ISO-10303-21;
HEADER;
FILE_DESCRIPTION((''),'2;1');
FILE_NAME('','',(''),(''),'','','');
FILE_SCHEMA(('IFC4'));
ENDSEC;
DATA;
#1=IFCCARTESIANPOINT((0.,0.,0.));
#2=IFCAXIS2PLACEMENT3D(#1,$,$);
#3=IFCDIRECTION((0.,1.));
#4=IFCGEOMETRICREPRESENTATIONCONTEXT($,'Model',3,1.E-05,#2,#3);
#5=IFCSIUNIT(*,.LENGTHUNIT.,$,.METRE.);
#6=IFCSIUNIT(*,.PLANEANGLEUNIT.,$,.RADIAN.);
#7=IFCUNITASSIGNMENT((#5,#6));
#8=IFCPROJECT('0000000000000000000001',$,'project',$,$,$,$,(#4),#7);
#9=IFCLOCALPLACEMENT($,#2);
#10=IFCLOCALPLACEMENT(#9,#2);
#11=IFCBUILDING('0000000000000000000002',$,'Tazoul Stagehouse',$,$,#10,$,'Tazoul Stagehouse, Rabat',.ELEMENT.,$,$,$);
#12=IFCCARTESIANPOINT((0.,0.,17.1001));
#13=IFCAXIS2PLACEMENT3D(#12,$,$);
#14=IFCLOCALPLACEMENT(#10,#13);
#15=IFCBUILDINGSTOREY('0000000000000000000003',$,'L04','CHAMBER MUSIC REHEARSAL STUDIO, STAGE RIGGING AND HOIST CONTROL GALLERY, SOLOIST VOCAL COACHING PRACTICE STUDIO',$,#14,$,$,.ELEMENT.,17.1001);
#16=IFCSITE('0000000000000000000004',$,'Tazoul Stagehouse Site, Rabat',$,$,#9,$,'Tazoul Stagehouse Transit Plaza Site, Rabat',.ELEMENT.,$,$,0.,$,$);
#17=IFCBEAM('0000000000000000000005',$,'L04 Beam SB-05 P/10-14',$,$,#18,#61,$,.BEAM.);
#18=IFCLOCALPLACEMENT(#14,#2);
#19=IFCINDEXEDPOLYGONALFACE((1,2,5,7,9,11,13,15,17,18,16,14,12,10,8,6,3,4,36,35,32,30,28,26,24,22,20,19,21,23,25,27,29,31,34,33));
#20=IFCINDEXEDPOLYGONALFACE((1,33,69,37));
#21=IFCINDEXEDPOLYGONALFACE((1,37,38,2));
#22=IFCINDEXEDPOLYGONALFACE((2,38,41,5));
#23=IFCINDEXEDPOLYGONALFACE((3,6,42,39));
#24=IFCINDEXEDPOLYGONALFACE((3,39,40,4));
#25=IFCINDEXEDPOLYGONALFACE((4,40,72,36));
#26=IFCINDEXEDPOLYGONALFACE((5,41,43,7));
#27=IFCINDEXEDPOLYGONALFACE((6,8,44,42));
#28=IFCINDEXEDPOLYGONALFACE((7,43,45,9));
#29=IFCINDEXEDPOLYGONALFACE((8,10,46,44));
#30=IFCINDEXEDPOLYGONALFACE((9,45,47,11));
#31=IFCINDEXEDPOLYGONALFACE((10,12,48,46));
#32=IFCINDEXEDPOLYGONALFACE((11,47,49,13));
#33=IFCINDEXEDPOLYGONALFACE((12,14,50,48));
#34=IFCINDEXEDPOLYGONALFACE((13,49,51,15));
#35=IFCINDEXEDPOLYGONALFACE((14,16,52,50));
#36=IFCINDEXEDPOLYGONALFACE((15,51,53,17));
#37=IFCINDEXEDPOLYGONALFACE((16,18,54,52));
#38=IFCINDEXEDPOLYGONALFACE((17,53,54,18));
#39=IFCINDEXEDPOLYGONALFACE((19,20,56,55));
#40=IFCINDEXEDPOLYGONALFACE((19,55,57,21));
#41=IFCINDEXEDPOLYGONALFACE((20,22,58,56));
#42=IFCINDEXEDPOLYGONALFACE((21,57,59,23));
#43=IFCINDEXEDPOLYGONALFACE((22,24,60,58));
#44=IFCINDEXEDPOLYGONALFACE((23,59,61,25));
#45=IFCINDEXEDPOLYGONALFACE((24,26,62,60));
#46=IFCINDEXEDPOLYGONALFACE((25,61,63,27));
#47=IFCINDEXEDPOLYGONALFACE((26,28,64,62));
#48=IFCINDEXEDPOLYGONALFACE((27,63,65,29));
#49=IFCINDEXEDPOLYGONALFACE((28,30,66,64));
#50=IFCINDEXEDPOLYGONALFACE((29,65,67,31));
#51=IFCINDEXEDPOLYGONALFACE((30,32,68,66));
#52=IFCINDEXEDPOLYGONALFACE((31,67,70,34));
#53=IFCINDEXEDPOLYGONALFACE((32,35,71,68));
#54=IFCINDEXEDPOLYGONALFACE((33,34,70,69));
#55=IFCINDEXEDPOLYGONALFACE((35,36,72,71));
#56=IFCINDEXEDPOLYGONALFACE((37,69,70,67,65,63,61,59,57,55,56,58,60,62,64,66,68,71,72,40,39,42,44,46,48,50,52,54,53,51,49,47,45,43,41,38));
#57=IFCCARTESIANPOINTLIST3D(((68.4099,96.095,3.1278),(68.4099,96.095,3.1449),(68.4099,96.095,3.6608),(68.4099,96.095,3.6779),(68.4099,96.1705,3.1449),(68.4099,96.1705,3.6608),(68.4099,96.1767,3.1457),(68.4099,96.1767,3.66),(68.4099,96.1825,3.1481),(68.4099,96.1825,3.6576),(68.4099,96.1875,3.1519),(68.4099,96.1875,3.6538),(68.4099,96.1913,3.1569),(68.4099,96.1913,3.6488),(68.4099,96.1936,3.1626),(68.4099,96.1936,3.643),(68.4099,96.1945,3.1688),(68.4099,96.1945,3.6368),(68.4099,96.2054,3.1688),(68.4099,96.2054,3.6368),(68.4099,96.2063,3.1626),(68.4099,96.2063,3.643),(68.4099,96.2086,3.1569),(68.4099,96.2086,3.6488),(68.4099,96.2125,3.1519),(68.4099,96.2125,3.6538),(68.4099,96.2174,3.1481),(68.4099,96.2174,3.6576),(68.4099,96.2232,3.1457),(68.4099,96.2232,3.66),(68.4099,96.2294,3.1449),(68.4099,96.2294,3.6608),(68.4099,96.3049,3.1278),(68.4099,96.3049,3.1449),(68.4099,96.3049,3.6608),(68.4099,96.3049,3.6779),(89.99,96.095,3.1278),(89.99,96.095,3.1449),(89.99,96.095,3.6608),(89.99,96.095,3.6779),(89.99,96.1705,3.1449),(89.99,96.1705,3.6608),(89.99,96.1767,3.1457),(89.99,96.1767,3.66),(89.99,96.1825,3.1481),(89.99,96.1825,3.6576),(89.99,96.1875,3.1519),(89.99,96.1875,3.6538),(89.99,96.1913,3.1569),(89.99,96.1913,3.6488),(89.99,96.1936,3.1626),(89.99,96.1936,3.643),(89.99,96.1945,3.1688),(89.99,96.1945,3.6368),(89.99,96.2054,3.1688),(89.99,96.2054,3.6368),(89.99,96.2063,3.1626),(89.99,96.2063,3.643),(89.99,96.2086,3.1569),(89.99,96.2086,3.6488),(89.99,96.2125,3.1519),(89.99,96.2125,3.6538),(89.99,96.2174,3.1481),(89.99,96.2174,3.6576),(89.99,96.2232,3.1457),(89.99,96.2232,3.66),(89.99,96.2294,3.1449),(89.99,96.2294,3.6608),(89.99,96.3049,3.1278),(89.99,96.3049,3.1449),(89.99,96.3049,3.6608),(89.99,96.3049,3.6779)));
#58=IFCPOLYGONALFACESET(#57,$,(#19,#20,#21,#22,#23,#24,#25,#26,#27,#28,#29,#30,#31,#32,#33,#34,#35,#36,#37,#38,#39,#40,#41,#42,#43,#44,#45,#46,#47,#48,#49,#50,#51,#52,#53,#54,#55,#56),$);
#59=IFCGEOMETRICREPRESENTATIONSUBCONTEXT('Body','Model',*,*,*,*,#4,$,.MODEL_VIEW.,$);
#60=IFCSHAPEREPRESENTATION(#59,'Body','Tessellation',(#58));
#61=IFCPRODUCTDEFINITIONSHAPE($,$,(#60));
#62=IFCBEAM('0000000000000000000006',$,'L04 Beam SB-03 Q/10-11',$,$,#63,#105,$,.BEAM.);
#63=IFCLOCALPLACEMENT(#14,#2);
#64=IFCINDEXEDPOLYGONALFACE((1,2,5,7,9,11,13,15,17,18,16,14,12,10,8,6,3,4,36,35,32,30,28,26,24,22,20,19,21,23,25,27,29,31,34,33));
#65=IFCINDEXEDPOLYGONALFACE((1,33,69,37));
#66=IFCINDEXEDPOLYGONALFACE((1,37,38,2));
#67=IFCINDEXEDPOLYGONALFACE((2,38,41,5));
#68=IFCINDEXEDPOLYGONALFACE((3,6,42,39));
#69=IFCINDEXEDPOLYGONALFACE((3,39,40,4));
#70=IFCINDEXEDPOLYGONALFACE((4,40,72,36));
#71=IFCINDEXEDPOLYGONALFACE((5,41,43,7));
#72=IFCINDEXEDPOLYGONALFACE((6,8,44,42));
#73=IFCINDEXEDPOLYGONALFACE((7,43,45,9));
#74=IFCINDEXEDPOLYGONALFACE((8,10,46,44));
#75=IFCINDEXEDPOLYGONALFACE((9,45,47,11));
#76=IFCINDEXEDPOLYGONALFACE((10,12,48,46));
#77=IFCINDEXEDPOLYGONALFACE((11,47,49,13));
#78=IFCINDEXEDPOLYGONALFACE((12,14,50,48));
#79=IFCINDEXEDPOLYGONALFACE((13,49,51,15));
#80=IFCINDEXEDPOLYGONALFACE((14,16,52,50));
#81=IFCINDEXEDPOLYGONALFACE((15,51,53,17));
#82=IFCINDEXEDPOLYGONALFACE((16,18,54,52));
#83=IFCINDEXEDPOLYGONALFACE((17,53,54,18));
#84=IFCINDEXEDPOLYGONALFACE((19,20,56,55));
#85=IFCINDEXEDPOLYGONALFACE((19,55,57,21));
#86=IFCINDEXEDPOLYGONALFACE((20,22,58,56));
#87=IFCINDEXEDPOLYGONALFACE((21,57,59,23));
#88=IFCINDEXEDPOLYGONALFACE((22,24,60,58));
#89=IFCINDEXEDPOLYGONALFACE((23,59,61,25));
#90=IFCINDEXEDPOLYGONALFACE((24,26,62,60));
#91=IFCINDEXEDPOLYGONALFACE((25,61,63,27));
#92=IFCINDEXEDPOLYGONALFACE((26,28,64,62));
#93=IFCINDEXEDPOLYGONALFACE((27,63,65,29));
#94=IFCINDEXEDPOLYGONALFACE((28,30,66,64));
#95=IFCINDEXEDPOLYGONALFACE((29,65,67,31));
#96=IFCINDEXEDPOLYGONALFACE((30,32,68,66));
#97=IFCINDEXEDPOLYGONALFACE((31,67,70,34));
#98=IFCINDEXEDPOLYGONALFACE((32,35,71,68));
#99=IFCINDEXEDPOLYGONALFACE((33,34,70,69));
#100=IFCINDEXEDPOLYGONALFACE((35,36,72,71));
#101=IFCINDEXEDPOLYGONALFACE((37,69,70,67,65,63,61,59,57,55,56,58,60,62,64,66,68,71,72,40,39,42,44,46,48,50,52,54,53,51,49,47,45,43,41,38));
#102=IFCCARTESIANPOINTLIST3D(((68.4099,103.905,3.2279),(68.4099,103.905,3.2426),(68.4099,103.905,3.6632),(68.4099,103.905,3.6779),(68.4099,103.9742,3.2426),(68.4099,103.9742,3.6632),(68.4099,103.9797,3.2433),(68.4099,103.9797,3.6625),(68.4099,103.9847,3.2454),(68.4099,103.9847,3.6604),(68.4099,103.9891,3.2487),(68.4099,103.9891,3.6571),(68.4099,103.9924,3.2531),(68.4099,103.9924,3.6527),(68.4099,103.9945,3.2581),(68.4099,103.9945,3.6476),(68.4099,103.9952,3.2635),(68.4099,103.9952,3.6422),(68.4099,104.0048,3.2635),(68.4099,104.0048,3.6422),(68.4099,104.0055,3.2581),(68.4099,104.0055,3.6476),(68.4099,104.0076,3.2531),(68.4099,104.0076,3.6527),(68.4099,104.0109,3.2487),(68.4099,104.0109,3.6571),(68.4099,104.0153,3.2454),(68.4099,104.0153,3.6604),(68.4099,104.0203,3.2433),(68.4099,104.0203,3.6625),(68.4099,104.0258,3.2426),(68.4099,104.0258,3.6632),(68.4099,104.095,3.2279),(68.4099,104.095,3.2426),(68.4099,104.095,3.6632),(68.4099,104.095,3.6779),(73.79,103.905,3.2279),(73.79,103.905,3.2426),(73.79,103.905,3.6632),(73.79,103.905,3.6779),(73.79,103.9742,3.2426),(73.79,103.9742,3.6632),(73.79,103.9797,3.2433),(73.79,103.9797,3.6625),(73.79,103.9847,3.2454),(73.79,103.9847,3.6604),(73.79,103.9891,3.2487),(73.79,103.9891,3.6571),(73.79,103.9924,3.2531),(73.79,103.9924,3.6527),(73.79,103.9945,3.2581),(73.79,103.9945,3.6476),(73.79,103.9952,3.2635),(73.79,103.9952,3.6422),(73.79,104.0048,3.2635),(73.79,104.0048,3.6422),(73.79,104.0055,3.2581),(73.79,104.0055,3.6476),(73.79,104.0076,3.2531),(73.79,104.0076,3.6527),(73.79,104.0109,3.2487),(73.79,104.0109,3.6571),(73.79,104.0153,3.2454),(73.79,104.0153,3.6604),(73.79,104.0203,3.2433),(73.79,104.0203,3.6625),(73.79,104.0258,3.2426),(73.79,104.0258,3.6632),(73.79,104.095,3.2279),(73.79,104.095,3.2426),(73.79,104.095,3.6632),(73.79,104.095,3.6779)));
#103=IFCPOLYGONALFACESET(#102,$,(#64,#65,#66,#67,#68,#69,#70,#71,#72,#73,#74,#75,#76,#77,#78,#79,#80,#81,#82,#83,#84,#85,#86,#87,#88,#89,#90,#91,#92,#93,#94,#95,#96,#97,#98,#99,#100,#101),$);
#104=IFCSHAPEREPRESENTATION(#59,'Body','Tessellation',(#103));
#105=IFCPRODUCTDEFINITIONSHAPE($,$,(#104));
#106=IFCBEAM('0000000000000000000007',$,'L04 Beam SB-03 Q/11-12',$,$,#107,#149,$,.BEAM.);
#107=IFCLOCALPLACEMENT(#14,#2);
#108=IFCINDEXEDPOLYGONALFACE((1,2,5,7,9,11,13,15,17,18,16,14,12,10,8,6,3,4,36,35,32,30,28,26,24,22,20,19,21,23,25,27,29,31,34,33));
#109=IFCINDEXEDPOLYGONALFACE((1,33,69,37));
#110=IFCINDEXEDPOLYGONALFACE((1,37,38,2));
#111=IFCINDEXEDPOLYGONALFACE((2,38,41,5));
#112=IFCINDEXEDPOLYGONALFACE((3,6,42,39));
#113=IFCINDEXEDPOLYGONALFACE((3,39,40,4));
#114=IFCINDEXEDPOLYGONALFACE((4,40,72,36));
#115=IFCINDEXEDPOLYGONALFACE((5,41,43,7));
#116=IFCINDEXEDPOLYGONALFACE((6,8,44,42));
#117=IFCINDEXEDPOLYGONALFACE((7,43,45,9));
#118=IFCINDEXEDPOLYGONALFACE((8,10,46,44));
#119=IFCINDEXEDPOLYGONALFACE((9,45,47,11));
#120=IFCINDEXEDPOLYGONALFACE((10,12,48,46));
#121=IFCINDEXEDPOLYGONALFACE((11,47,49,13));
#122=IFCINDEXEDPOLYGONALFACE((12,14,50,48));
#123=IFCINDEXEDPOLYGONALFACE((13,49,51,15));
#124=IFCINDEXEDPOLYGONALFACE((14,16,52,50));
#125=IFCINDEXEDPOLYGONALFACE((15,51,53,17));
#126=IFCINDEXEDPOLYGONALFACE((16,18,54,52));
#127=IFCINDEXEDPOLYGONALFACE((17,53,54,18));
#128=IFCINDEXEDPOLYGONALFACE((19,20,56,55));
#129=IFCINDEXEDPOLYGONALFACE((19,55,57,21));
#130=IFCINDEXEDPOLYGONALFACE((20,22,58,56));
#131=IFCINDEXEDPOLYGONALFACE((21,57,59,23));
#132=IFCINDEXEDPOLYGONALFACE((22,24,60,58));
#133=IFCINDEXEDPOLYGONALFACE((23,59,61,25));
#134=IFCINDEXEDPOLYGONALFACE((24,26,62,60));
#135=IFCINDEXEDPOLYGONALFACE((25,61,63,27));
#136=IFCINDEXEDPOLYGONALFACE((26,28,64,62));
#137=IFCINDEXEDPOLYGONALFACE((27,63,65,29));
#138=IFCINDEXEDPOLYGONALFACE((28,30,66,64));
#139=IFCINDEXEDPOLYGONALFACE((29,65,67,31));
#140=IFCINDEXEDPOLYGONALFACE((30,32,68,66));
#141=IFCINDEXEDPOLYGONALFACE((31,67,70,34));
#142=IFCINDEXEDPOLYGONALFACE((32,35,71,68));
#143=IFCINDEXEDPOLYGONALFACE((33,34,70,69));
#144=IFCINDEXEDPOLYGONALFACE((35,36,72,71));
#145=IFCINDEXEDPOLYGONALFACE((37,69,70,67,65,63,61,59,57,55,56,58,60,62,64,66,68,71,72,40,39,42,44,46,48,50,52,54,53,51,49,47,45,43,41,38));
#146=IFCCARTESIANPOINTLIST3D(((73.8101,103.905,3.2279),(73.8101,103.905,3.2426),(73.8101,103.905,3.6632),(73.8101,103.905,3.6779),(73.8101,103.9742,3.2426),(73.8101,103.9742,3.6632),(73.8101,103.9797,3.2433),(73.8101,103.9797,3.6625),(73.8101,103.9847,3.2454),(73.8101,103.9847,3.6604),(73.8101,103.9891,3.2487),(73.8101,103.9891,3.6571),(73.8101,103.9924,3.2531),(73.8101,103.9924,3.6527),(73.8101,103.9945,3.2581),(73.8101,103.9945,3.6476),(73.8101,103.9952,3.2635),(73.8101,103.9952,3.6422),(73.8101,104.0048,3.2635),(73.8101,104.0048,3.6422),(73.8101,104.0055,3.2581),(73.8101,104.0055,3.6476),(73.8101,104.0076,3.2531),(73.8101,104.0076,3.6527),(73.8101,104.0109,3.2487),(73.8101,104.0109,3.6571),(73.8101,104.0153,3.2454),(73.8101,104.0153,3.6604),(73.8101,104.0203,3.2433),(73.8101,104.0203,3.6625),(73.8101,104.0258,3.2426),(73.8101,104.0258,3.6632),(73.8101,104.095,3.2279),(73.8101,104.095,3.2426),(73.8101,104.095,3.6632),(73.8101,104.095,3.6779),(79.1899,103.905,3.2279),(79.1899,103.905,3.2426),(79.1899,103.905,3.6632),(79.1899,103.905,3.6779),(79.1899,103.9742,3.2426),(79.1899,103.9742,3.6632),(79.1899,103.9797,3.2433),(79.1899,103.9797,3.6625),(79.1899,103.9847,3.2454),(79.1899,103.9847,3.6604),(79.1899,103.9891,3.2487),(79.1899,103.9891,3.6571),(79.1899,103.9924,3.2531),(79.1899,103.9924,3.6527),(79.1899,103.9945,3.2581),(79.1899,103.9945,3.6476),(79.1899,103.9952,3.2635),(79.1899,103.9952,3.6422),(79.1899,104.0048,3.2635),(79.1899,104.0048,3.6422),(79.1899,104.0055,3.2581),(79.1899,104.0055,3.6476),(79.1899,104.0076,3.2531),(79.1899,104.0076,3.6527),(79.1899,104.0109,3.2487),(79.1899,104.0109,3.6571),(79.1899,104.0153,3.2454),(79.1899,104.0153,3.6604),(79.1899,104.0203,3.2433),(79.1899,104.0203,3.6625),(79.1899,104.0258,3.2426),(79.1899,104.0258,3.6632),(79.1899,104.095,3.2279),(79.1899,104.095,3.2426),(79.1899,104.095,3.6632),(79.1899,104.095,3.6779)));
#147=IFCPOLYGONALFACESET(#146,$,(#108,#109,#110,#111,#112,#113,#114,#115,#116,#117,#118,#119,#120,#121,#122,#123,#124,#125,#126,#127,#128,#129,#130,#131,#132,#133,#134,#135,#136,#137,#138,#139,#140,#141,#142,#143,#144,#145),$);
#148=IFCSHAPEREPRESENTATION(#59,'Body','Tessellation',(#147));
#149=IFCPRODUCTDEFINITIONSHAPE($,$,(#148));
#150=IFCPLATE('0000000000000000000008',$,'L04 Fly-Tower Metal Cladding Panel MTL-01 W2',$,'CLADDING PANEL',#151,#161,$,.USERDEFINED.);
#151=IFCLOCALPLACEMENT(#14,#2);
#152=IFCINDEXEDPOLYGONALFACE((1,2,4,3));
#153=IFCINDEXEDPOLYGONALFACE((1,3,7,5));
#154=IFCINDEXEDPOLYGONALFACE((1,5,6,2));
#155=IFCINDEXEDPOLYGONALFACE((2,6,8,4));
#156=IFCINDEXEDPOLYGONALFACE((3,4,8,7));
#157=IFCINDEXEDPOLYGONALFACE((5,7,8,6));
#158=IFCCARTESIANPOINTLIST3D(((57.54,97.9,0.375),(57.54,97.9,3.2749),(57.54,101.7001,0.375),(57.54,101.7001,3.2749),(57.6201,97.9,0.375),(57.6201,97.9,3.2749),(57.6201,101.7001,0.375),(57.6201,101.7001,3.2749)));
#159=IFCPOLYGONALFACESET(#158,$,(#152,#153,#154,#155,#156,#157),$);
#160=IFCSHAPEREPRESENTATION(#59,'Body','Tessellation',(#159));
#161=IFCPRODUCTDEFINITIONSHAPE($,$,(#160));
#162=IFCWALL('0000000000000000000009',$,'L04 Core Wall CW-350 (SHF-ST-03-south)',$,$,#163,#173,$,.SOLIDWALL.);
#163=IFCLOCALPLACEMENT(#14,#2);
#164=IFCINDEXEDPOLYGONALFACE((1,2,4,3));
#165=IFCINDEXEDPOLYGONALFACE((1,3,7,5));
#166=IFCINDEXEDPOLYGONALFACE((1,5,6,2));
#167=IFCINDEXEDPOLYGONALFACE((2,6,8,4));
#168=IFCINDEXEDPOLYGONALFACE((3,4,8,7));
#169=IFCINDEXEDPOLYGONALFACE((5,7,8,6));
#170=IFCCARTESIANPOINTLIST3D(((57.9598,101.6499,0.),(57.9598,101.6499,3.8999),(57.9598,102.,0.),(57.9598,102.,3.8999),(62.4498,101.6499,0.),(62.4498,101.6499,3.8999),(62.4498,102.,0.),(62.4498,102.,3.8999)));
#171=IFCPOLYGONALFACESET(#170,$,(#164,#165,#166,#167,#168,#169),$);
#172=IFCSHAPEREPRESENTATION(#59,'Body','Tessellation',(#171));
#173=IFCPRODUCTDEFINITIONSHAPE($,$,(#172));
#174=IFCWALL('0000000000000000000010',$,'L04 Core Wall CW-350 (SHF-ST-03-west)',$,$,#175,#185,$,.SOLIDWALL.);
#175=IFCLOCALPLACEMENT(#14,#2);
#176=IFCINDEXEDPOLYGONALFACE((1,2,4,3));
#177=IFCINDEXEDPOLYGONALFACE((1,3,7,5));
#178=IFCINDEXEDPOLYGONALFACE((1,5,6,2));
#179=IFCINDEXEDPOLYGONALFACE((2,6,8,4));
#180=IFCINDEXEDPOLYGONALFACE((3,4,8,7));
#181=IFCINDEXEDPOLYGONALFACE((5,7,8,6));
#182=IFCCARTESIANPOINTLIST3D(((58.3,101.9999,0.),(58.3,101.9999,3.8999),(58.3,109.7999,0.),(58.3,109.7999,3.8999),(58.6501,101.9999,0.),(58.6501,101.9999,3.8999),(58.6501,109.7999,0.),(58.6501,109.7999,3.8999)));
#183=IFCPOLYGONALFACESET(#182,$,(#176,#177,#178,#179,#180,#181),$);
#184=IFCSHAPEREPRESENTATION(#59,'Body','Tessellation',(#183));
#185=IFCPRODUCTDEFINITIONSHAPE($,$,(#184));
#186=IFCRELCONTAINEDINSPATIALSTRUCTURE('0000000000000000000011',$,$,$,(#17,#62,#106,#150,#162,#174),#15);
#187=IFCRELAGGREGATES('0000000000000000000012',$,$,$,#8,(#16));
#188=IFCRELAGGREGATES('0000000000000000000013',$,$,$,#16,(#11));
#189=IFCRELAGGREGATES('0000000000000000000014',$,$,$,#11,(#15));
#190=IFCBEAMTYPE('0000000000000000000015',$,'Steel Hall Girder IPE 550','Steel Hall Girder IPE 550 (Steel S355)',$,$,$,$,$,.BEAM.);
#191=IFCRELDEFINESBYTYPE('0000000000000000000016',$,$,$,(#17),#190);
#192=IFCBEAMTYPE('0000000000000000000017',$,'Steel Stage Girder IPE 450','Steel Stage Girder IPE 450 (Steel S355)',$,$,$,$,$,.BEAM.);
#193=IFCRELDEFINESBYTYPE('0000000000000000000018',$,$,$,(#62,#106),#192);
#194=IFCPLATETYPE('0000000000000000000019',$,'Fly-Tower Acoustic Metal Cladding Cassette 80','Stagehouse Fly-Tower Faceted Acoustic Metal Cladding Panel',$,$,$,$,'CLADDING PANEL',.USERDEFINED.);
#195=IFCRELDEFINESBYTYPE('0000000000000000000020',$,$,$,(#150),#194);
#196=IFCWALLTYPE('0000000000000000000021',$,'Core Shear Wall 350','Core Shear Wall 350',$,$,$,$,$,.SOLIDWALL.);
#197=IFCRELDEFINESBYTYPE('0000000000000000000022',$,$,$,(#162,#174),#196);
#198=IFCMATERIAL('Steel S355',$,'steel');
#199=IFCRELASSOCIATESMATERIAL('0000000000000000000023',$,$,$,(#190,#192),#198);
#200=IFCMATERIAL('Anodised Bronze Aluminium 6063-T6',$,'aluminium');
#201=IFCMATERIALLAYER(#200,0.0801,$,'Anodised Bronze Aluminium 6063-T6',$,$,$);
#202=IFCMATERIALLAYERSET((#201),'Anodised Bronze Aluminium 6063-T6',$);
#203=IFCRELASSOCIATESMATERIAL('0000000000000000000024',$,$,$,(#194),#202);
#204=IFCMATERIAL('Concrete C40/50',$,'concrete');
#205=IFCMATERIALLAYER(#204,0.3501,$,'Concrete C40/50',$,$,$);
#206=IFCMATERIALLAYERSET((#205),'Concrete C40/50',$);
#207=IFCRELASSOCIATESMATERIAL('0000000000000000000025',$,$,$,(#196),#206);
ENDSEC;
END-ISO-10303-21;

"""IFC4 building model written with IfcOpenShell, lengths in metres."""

from ifc_helpers import new_model, si_unit, direction, frame, frame_2d, origin, origin_2d, place, context, subcontext, project, spatial, rectangle, i_section, extrude, material, layer, layer_set, material_profile, profile_set, type_object, element, save


model = new_model("IFC4")

# Units and contexts
model_context = context("Model", 3, precision=1e-05, world=origin(), true_north=direction((0.0, 1.0)))
body_context = subcontext(model_context, "Body", "Model", "MODEL_VIEW")
ifc_project = project(units=[si_unit("LENGTHUNIT", "METRE"), si_unit("PLANEANGLEUNIT", "RADIAN")], contexts=[model_context])

# Site, building, storey
site_placement = place(None, origin())
site = spatial("IfcSite", under=ifc_project, at=site_placement, Name="Tazoul Stagehouse Site, Rabat", LongName="Tazoul Stagehouse Transit Plaza Site, Rabat", CompositionType="ELEMENT", RefElevation=0.0)
building_placement = place(site_placement, origin())
building = spatial("IfcBuilding", under=site, at=building_placement, Name="Tazoul Stagehouse", LongName="Tazoul Stagehouse, Rabat", CompositionType="ELEMENT")
storey_placement = place(building_placement, frame((0.0, 0.0, 17.1001)))
storey = spatial("IfcBuildingStorey", under=building, at=storey_placement, Name="L04", Description="CHAMBER MUSIC REHEARSAL STUDIO, STAGE RIGGING AND HOIST CONTROL GALLERY, SOLOIST VOCAL COACHING PRACTICE STUDIO", CompositionType="ELEMENT", Elevation=17.1001)

# Shared definitions
ifc_material_1 = material(Name="Steel S355", Category="steel")

# Beams
ifc_material_2 = material(Name="Concrete C40/50", Category="concrete")
ifc_material_profile_1 = material_profile(ifc_material_1, i_section(OverallWidth=0.21, OverallDepth=0.55, WebThickness=0.011, FlangeThickness=0.0171, FilletRadius=0.0239, at=origin_2d()), Name="IPE 550")
ifc_profile_set_1 = profile_set([ifc_material_profile_1], Name="Steel S355")
beam_type_1 = type_object("IfcBeamType", Name="Steel Hall Girder IPE 550", Description="Steel Hall Girder IPE 550 (Steel S355)", PredefinedType="BEAM", material=ifc_profile_set_1)
beam_1_placement = place(storey_placement, frame((68.4099, 96.2, 3.4028), z_axis=(1.0, 0.0, 0.0), x_axis=(0.0, 1.0, 0.0)))
element("IfcBeam", 1, at=beam_1_placement, inside=storey, type_object=beam_type_1, Name="L04 Beam SB-05 P/10-14", PredefinedType="BEAM", context=body_context, shape_type="SweptSolid", body=[
    extrude(i_section(OverallWidth=0.21, OverallDepth=0.55, WebThickness=0.011, FlangeThickness=0.0171, FilletRadius=0.0239, at=origin_2d()), origin(), (0.0, 0.0, 1.0), 21.5801),
])
ifc_material_profile_2 = material_profile(ifc_material_1, i_section(OverallWidth=0.1899, OverallDepth=0.45, WebThickness=0.0095, FlangeThickness=0.0146, FilletRadius=0.021, at=origin_2d()), Name="IPE 450")
ifc_profile_set_2 = profile_set([ifc_material_profile_2], Name="Steel S355")
beam_type_2 = type_object("IfcBeamType", Name="Steel Stage Girder IPE 450", Description="Steel Stage Girder IPE 450 (Steel S355)", PredefinedType="BEAM", material=ifc_profile_set_2)
beam_2_placement = place(storey_placement, frame((68.4099, 104.0, 3.4529), z_axis=(1.0, 0.0, 0.0), x_axis=(0.0, 1.0, 0.0)))
element("IfcBeam", 2, at=beam_2_placement, inside=storey, type_object=beam_type_2, Name="L04 Beam SB-03 Q/10-11", PredefinedType="BEAM", context=body_context, shape_type="SweptSolid", body=[
    extrude(i_section(OverallWidth=0.1899, OverallDepth=0.45, WebThickness=0.0095, FlangeThickness=0.0146, FilletRadius=0.021, at=origin_2d()), origin(), (0.0, 0.0, 1.0), 5.3801),
])
beam_3_placement = place(storey_placement, frame((73.8101, 104.0, 3.4529), z_axis=(1.0, 0.0, 0.0), x_axis=(0.0, 1.0, 0.0)))
element("IfcBeam", 3, at=beam_3_placement, inside=storey, type_object=beam_type_2, Name="L04 Beam SB-03 Q/11-12", PredefinedType="BEAM", context=body_context, shape_type="SweptSolid", body=[
    extrude(i_section(OverallWidth=0.1899, OverallDepth=0.45, WebThickness=0.0095, FlangeThickness=0.0146, FilletRadius=0.021, at=origin_2d()), origin(), (0.0, 0.0, 1.0), 5.3799),
])

# Plate
ifc_material_3 = material(Name="Anodised Bronze Aluminium 6063-T6", Category="aluminium")
ifc_layer_1 = layer(ifc_material_3, 0.0801, Name="Anodised Bronze Aluminium 6063-T6")
ifc_layer_set_1 = layer_set([ifc_layer_1], Name="Anodised Bronze Aluminium 6063-T6")
plate_type = type_object("IfcPlateType", Name="Fly-Tower Acoustic Metal Cladding Cassette 80", Description="Stagehouse Fly-Tower Faceted Acoustic Metal Cladding Panel", ElementType="CLADDING PANEL", PredefinedType="USERDEFINED", material=ifc_layer_set_1)
plate_placement = place(storey_placement, frame((57.5801, 99.8, 0.375), z_axis=(0.0, 0.0, 1.0), x_axis=(0.0, 1.0, 0.0)))
element("IfcPlate", 4, at=plate_placement, inside=storey, type_object=plate_type, Name="L04 Fly-Tower Metal Cladding Panel MTL-01 W2", ObjectType="CLADDING PANEL", PredefinedType="USERDEFINED", context=body_context, shape_type="SweptSolid", body=[
    extrude(rectangle(XDim=3.8, YDim=0.0801, at=origin_2d()), origin(), (0.0, 0.0, 1.0), 2.8999),
])

# Walls
ifc_layer_2 = layer(ifc_material_2, 0.3501, Name="Concrete C40/50")
ifc_layer_set_2 = layer_set([ifc_layer_2], Name="Concrete C40/50")
wall_type_1 = type_object("IfcWallType", Name="Core Shear Wall 350", Description="Core Shear Wall 350", PredefinedType="SOLIDWALL", material=ifc_layer_set_2)
wall_1_placement = place(storey_placement, frame((62.45, 101.825, 0.0), z_axis=(0.0, 0.0, 1.0), x_axis=(-1.0, 0.0, 0.0)))
element("IfcWall", 5, at=wall_1_placement, inside=storey, type_object=wall_type_1, Name="L04 Core Wall CW-350 (SHF-ST-03-south)", PredefinedType="SOLIDWALL", context=body_context, shape_type="SweptSolid", body=[
    extrude(rectangle(XDim=4.49, YDim=0.3501, at=frame_2d((2.2451, 0.0))), origin(), (0.0, 0.0, 1.0), 3.8999),
])
wall_2_placement = place(storey_placement, frame((58.4751, 102.0, 0.0), z_axis=(0.0, 0.0, 1.0), x_axis=(0.0, 1.0, 0.0)))
element("IfcWall", 6, at=wall_2_placement, inside=storey, type_object=wall_type_1, Name="L04 Core Wall CW-350 (SHF-ST-03-west)", PredefinedType="SOLIDWALL", context=body_context, shape_type="SweptSolid", body=[
    extrude(rectangle(XDim=7.8, YDim=0.3501, at=frame_2d((3.8999, 0.0))), origin(), (0.0, 0.0, 1.0), 3.8999),
])

save(model, "model.ifc")
